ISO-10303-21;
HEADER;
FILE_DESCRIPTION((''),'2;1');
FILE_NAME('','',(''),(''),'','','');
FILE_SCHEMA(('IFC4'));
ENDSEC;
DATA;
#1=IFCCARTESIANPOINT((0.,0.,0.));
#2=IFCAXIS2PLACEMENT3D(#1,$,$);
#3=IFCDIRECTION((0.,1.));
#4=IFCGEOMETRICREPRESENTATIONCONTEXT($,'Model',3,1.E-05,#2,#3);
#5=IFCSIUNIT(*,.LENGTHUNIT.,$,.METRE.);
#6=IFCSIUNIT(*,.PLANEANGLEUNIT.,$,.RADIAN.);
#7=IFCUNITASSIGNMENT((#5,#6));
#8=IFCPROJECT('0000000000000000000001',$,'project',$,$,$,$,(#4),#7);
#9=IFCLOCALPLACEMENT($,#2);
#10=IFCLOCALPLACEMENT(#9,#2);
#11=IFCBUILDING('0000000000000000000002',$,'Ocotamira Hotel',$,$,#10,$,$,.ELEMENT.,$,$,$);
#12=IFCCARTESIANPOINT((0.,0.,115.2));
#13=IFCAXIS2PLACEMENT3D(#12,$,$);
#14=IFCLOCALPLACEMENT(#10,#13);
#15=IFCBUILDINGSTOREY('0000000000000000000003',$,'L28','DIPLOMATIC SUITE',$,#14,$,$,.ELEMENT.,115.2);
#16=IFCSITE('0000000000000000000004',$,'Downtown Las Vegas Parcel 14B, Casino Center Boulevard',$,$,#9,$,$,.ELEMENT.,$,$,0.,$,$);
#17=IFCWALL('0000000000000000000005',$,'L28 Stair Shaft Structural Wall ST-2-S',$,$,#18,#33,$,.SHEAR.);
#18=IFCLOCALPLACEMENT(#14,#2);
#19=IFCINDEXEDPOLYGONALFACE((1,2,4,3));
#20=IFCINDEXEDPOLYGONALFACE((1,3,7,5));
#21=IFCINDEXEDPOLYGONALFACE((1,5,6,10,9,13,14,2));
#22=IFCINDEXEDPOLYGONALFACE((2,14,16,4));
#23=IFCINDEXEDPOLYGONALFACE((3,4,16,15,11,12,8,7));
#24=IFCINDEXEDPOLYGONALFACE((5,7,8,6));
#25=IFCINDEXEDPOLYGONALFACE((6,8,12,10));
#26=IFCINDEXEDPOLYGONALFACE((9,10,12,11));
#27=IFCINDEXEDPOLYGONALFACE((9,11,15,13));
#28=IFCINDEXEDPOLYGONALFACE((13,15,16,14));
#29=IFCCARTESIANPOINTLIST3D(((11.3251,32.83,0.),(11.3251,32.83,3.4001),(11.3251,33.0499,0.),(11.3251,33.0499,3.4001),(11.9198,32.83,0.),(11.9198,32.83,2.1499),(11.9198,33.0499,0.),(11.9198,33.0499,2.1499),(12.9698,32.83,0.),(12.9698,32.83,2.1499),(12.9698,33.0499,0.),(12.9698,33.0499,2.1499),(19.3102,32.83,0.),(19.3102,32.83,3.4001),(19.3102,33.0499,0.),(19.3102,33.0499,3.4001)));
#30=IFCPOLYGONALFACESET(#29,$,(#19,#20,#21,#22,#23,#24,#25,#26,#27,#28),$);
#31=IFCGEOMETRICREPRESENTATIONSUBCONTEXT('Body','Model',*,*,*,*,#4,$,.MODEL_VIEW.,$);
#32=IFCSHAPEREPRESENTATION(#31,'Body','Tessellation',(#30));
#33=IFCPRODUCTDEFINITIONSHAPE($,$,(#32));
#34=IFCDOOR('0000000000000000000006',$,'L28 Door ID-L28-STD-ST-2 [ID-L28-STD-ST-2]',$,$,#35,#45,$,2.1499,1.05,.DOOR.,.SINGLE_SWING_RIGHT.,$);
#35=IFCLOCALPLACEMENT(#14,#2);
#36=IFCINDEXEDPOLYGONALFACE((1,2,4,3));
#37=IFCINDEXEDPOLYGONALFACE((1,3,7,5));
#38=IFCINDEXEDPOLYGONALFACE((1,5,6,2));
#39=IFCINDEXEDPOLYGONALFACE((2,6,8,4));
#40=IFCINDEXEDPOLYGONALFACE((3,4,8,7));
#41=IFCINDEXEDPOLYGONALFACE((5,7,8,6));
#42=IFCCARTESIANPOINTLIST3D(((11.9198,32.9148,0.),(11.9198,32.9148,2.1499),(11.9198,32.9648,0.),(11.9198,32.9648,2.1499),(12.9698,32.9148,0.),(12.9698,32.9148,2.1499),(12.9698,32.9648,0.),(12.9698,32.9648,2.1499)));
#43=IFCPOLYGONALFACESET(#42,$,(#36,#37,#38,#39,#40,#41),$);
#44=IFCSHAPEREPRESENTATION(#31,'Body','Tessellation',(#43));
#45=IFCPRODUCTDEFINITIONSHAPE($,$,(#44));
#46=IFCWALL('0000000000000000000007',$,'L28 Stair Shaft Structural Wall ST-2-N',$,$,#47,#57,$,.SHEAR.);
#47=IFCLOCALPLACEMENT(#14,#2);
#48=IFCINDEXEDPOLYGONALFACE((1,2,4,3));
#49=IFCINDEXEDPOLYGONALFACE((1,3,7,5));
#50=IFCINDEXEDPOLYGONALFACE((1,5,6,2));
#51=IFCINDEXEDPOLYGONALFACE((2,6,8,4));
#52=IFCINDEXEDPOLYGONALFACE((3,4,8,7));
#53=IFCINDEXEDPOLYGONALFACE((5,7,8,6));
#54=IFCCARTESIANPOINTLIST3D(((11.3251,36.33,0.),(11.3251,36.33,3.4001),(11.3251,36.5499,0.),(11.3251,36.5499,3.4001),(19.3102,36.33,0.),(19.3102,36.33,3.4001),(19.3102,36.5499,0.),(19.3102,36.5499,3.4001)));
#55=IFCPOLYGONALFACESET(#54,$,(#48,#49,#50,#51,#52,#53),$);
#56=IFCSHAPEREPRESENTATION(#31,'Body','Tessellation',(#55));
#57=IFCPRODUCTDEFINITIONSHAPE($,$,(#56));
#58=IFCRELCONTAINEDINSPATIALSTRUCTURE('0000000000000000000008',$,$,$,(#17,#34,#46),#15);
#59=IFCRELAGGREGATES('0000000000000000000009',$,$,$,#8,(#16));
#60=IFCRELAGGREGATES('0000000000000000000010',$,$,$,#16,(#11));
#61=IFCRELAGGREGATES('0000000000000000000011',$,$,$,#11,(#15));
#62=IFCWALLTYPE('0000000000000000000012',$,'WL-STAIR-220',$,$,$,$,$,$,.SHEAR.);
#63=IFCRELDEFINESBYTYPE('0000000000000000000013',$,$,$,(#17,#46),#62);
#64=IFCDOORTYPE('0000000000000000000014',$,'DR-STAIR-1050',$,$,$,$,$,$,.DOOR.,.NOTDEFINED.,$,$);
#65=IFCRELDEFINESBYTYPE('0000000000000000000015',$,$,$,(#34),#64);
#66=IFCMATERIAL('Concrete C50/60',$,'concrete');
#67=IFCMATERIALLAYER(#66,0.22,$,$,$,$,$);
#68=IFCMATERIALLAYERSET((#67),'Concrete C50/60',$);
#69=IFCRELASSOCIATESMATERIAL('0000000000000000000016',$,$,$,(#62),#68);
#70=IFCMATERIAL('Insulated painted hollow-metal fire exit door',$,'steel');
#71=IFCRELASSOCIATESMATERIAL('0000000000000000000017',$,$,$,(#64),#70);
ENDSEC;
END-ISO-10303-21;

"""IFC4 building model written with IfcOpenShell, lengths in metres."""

from ifc_helpers import new_model, si_unit, direction, frame, frame_2d, origin, place, context, subcontext, project, spatial, rectangle, extrude, source, transform, mapped, material, layer, layer_set, type_object, element, fill, save


model = new_model("IFC4")

# Units and contexts
model_context = context("Model", 3, precision=1e-05, world=origin(), true_north=direction((0.0, 1.0)))
body_context = subcontext(model_context, "Body", "Model", "MODEL_VIEW")
ifc_project = project(units=[si_unit("LENGTHUNIT", "METRE"), si_unit("PLANEANGLEUNIT", "RADIAN")], contexts=[model_context])

# Site, building, storey
site_placement = place(None, origin())
site = spatial("IfcSite", under=ifc_project, at=site_placement, Name="Downtown Las Vegas Parcel 14B, Casino Center Boulevard", CompositionType="ELEMENT", RefElevation=0.0)
building_placement = place(site_placement, origin())
building = spatial("IfcBuilding", under=site, at=building_placement, Name="Ocotamira Hotel", CompositionType="ELEMENT")
storey_placement = place(building_placement, frame((0.0, 0.0, 115.2)))
storey = spatial("IfcBuildingStorey", under=building, at=storey_placement, Name="L28", Description="DIPLOMATIC SUITE", CompositionType="ELEMENT", Elevation=115.2)

# Wall, opening, door
ifc_material_1 = material(Name="Concrete C50/60", Category="concrete")
ifc_layer_1 = layer(ifc_material_1, 0.22)
ifc_layer_set_1 = layer_set([ifc_layer_1], Name="Concrete C50/60")
wall_type_1 = type_object("IfcWallType", Name="WL-STAIR-220", PredefinedType="SHEAR", material=ifc_layer_set_1)
wall_1_placement = place(storey_placement, frame((11.325, 32.9399, 0.0), z_axis=(0.0, 0.0, 1.0), x_axis=(1.0, 0.0, 0.0)))
wall_1 = element("IfcWall", 1, at=wall_1_placement, inside=storey, type_object=wall_type_1, Name="L28 Stair Shaft Structural Wall ST-2-S", PredefinedType="SHEAR", context=body_context, shape_type="SweptSolid", body=[
    extrude(rectangle(XDim=7.9851, YDim=0.22, at=frame_2d((3.9927, 0.0))), origin(), (0.0, 0.0, 1.0), 3.4001),
])
opening_1_placement = place(wall_1_placement, frame((0.595, 0.0, 0.0)))
opening_1 = element("IfcOpeningElement", 2, at=opening_1_placement, cuts=wall_1, PredefinedType="OPENING", context=body_context, shape_type="SweptSolid", body=[
    extrude(rectangle(XDim=1.05, YDim=2.1499, at=frame_2d((0.5249, 1.075))), frame((0.0, 0.1201, 0.0), z_axis=(0.0, -1.0, 0.0), x_axis=(1.0, 0.0, 0.0)), (0.0, 0.0, 1.0), 0.24),
])
ifc_material_2 = material(Name="Insulated painted hollow-metal fire exit door", Category="steel")
door_type_1 = type_object("IfcDoorType", Name="DR-STAIR-1050", OperationType="NOTDEFINED", PredefinedType="DOOR", material=ifc_material_2)
shared_shape_1 = source(origin(), body_context, "Body", "SweptSolid", [
    extrude(rectangle(XDim=1.05, YDim=2.1499, at=frame_2d((0.5249, 1.075))), frame((0.0, 0.0249, 0.0), z_axis=(0.0, -1.0, 0.0), x_axis=(1.0, 0.0, 0.0)), (0.0, 0.0, 1.0), 0.05),
])
door_1_placement = place(opening_1_placement, origin())
door_1 = element("IfcDoor", 3, at=door_1_placement, inside=storey, type_object=door_type_1, Name="L28 Door ID-L28-STD-ST-2 [ID-L28-STD-ST-2]", OperationType="SINGLE_SWING_RIGHT", OverallHeight=2.1499, OverallWidth=1.05, PredefinedType="DOOR", context=body_context, shape_type="MappedRepresentation", body=[
    mapped(shared_shape_1, transform((0.0, 0.0, 0.0), scale=1.0)),
])
fill(opening_1, door_1)

# Wall
wall_2_placement = place(storey_placement, frame((11.325, 36.4399, 0.0), z_axis=(0.0, 0.0, 1.0), x_axis=(1.0, 0.0, 0.0)))
element("IfcWall", 4, at=wall_2_placement, inside=storey, type_object=wall_type_1, Name="L28 Stair Shaft Structural Wall ST-2-N", PredefinedType="SHEAR", context=body_context, shape_type="SweptSolid", body=[
    extrude(rectangle(XDim=7.9851, YDim=0.22, at=frame_2d((3.9927, 0.0))), origin(), (0.0, 0.0, 1.0), 3.4001),
])

save(model, "model.ifc")
